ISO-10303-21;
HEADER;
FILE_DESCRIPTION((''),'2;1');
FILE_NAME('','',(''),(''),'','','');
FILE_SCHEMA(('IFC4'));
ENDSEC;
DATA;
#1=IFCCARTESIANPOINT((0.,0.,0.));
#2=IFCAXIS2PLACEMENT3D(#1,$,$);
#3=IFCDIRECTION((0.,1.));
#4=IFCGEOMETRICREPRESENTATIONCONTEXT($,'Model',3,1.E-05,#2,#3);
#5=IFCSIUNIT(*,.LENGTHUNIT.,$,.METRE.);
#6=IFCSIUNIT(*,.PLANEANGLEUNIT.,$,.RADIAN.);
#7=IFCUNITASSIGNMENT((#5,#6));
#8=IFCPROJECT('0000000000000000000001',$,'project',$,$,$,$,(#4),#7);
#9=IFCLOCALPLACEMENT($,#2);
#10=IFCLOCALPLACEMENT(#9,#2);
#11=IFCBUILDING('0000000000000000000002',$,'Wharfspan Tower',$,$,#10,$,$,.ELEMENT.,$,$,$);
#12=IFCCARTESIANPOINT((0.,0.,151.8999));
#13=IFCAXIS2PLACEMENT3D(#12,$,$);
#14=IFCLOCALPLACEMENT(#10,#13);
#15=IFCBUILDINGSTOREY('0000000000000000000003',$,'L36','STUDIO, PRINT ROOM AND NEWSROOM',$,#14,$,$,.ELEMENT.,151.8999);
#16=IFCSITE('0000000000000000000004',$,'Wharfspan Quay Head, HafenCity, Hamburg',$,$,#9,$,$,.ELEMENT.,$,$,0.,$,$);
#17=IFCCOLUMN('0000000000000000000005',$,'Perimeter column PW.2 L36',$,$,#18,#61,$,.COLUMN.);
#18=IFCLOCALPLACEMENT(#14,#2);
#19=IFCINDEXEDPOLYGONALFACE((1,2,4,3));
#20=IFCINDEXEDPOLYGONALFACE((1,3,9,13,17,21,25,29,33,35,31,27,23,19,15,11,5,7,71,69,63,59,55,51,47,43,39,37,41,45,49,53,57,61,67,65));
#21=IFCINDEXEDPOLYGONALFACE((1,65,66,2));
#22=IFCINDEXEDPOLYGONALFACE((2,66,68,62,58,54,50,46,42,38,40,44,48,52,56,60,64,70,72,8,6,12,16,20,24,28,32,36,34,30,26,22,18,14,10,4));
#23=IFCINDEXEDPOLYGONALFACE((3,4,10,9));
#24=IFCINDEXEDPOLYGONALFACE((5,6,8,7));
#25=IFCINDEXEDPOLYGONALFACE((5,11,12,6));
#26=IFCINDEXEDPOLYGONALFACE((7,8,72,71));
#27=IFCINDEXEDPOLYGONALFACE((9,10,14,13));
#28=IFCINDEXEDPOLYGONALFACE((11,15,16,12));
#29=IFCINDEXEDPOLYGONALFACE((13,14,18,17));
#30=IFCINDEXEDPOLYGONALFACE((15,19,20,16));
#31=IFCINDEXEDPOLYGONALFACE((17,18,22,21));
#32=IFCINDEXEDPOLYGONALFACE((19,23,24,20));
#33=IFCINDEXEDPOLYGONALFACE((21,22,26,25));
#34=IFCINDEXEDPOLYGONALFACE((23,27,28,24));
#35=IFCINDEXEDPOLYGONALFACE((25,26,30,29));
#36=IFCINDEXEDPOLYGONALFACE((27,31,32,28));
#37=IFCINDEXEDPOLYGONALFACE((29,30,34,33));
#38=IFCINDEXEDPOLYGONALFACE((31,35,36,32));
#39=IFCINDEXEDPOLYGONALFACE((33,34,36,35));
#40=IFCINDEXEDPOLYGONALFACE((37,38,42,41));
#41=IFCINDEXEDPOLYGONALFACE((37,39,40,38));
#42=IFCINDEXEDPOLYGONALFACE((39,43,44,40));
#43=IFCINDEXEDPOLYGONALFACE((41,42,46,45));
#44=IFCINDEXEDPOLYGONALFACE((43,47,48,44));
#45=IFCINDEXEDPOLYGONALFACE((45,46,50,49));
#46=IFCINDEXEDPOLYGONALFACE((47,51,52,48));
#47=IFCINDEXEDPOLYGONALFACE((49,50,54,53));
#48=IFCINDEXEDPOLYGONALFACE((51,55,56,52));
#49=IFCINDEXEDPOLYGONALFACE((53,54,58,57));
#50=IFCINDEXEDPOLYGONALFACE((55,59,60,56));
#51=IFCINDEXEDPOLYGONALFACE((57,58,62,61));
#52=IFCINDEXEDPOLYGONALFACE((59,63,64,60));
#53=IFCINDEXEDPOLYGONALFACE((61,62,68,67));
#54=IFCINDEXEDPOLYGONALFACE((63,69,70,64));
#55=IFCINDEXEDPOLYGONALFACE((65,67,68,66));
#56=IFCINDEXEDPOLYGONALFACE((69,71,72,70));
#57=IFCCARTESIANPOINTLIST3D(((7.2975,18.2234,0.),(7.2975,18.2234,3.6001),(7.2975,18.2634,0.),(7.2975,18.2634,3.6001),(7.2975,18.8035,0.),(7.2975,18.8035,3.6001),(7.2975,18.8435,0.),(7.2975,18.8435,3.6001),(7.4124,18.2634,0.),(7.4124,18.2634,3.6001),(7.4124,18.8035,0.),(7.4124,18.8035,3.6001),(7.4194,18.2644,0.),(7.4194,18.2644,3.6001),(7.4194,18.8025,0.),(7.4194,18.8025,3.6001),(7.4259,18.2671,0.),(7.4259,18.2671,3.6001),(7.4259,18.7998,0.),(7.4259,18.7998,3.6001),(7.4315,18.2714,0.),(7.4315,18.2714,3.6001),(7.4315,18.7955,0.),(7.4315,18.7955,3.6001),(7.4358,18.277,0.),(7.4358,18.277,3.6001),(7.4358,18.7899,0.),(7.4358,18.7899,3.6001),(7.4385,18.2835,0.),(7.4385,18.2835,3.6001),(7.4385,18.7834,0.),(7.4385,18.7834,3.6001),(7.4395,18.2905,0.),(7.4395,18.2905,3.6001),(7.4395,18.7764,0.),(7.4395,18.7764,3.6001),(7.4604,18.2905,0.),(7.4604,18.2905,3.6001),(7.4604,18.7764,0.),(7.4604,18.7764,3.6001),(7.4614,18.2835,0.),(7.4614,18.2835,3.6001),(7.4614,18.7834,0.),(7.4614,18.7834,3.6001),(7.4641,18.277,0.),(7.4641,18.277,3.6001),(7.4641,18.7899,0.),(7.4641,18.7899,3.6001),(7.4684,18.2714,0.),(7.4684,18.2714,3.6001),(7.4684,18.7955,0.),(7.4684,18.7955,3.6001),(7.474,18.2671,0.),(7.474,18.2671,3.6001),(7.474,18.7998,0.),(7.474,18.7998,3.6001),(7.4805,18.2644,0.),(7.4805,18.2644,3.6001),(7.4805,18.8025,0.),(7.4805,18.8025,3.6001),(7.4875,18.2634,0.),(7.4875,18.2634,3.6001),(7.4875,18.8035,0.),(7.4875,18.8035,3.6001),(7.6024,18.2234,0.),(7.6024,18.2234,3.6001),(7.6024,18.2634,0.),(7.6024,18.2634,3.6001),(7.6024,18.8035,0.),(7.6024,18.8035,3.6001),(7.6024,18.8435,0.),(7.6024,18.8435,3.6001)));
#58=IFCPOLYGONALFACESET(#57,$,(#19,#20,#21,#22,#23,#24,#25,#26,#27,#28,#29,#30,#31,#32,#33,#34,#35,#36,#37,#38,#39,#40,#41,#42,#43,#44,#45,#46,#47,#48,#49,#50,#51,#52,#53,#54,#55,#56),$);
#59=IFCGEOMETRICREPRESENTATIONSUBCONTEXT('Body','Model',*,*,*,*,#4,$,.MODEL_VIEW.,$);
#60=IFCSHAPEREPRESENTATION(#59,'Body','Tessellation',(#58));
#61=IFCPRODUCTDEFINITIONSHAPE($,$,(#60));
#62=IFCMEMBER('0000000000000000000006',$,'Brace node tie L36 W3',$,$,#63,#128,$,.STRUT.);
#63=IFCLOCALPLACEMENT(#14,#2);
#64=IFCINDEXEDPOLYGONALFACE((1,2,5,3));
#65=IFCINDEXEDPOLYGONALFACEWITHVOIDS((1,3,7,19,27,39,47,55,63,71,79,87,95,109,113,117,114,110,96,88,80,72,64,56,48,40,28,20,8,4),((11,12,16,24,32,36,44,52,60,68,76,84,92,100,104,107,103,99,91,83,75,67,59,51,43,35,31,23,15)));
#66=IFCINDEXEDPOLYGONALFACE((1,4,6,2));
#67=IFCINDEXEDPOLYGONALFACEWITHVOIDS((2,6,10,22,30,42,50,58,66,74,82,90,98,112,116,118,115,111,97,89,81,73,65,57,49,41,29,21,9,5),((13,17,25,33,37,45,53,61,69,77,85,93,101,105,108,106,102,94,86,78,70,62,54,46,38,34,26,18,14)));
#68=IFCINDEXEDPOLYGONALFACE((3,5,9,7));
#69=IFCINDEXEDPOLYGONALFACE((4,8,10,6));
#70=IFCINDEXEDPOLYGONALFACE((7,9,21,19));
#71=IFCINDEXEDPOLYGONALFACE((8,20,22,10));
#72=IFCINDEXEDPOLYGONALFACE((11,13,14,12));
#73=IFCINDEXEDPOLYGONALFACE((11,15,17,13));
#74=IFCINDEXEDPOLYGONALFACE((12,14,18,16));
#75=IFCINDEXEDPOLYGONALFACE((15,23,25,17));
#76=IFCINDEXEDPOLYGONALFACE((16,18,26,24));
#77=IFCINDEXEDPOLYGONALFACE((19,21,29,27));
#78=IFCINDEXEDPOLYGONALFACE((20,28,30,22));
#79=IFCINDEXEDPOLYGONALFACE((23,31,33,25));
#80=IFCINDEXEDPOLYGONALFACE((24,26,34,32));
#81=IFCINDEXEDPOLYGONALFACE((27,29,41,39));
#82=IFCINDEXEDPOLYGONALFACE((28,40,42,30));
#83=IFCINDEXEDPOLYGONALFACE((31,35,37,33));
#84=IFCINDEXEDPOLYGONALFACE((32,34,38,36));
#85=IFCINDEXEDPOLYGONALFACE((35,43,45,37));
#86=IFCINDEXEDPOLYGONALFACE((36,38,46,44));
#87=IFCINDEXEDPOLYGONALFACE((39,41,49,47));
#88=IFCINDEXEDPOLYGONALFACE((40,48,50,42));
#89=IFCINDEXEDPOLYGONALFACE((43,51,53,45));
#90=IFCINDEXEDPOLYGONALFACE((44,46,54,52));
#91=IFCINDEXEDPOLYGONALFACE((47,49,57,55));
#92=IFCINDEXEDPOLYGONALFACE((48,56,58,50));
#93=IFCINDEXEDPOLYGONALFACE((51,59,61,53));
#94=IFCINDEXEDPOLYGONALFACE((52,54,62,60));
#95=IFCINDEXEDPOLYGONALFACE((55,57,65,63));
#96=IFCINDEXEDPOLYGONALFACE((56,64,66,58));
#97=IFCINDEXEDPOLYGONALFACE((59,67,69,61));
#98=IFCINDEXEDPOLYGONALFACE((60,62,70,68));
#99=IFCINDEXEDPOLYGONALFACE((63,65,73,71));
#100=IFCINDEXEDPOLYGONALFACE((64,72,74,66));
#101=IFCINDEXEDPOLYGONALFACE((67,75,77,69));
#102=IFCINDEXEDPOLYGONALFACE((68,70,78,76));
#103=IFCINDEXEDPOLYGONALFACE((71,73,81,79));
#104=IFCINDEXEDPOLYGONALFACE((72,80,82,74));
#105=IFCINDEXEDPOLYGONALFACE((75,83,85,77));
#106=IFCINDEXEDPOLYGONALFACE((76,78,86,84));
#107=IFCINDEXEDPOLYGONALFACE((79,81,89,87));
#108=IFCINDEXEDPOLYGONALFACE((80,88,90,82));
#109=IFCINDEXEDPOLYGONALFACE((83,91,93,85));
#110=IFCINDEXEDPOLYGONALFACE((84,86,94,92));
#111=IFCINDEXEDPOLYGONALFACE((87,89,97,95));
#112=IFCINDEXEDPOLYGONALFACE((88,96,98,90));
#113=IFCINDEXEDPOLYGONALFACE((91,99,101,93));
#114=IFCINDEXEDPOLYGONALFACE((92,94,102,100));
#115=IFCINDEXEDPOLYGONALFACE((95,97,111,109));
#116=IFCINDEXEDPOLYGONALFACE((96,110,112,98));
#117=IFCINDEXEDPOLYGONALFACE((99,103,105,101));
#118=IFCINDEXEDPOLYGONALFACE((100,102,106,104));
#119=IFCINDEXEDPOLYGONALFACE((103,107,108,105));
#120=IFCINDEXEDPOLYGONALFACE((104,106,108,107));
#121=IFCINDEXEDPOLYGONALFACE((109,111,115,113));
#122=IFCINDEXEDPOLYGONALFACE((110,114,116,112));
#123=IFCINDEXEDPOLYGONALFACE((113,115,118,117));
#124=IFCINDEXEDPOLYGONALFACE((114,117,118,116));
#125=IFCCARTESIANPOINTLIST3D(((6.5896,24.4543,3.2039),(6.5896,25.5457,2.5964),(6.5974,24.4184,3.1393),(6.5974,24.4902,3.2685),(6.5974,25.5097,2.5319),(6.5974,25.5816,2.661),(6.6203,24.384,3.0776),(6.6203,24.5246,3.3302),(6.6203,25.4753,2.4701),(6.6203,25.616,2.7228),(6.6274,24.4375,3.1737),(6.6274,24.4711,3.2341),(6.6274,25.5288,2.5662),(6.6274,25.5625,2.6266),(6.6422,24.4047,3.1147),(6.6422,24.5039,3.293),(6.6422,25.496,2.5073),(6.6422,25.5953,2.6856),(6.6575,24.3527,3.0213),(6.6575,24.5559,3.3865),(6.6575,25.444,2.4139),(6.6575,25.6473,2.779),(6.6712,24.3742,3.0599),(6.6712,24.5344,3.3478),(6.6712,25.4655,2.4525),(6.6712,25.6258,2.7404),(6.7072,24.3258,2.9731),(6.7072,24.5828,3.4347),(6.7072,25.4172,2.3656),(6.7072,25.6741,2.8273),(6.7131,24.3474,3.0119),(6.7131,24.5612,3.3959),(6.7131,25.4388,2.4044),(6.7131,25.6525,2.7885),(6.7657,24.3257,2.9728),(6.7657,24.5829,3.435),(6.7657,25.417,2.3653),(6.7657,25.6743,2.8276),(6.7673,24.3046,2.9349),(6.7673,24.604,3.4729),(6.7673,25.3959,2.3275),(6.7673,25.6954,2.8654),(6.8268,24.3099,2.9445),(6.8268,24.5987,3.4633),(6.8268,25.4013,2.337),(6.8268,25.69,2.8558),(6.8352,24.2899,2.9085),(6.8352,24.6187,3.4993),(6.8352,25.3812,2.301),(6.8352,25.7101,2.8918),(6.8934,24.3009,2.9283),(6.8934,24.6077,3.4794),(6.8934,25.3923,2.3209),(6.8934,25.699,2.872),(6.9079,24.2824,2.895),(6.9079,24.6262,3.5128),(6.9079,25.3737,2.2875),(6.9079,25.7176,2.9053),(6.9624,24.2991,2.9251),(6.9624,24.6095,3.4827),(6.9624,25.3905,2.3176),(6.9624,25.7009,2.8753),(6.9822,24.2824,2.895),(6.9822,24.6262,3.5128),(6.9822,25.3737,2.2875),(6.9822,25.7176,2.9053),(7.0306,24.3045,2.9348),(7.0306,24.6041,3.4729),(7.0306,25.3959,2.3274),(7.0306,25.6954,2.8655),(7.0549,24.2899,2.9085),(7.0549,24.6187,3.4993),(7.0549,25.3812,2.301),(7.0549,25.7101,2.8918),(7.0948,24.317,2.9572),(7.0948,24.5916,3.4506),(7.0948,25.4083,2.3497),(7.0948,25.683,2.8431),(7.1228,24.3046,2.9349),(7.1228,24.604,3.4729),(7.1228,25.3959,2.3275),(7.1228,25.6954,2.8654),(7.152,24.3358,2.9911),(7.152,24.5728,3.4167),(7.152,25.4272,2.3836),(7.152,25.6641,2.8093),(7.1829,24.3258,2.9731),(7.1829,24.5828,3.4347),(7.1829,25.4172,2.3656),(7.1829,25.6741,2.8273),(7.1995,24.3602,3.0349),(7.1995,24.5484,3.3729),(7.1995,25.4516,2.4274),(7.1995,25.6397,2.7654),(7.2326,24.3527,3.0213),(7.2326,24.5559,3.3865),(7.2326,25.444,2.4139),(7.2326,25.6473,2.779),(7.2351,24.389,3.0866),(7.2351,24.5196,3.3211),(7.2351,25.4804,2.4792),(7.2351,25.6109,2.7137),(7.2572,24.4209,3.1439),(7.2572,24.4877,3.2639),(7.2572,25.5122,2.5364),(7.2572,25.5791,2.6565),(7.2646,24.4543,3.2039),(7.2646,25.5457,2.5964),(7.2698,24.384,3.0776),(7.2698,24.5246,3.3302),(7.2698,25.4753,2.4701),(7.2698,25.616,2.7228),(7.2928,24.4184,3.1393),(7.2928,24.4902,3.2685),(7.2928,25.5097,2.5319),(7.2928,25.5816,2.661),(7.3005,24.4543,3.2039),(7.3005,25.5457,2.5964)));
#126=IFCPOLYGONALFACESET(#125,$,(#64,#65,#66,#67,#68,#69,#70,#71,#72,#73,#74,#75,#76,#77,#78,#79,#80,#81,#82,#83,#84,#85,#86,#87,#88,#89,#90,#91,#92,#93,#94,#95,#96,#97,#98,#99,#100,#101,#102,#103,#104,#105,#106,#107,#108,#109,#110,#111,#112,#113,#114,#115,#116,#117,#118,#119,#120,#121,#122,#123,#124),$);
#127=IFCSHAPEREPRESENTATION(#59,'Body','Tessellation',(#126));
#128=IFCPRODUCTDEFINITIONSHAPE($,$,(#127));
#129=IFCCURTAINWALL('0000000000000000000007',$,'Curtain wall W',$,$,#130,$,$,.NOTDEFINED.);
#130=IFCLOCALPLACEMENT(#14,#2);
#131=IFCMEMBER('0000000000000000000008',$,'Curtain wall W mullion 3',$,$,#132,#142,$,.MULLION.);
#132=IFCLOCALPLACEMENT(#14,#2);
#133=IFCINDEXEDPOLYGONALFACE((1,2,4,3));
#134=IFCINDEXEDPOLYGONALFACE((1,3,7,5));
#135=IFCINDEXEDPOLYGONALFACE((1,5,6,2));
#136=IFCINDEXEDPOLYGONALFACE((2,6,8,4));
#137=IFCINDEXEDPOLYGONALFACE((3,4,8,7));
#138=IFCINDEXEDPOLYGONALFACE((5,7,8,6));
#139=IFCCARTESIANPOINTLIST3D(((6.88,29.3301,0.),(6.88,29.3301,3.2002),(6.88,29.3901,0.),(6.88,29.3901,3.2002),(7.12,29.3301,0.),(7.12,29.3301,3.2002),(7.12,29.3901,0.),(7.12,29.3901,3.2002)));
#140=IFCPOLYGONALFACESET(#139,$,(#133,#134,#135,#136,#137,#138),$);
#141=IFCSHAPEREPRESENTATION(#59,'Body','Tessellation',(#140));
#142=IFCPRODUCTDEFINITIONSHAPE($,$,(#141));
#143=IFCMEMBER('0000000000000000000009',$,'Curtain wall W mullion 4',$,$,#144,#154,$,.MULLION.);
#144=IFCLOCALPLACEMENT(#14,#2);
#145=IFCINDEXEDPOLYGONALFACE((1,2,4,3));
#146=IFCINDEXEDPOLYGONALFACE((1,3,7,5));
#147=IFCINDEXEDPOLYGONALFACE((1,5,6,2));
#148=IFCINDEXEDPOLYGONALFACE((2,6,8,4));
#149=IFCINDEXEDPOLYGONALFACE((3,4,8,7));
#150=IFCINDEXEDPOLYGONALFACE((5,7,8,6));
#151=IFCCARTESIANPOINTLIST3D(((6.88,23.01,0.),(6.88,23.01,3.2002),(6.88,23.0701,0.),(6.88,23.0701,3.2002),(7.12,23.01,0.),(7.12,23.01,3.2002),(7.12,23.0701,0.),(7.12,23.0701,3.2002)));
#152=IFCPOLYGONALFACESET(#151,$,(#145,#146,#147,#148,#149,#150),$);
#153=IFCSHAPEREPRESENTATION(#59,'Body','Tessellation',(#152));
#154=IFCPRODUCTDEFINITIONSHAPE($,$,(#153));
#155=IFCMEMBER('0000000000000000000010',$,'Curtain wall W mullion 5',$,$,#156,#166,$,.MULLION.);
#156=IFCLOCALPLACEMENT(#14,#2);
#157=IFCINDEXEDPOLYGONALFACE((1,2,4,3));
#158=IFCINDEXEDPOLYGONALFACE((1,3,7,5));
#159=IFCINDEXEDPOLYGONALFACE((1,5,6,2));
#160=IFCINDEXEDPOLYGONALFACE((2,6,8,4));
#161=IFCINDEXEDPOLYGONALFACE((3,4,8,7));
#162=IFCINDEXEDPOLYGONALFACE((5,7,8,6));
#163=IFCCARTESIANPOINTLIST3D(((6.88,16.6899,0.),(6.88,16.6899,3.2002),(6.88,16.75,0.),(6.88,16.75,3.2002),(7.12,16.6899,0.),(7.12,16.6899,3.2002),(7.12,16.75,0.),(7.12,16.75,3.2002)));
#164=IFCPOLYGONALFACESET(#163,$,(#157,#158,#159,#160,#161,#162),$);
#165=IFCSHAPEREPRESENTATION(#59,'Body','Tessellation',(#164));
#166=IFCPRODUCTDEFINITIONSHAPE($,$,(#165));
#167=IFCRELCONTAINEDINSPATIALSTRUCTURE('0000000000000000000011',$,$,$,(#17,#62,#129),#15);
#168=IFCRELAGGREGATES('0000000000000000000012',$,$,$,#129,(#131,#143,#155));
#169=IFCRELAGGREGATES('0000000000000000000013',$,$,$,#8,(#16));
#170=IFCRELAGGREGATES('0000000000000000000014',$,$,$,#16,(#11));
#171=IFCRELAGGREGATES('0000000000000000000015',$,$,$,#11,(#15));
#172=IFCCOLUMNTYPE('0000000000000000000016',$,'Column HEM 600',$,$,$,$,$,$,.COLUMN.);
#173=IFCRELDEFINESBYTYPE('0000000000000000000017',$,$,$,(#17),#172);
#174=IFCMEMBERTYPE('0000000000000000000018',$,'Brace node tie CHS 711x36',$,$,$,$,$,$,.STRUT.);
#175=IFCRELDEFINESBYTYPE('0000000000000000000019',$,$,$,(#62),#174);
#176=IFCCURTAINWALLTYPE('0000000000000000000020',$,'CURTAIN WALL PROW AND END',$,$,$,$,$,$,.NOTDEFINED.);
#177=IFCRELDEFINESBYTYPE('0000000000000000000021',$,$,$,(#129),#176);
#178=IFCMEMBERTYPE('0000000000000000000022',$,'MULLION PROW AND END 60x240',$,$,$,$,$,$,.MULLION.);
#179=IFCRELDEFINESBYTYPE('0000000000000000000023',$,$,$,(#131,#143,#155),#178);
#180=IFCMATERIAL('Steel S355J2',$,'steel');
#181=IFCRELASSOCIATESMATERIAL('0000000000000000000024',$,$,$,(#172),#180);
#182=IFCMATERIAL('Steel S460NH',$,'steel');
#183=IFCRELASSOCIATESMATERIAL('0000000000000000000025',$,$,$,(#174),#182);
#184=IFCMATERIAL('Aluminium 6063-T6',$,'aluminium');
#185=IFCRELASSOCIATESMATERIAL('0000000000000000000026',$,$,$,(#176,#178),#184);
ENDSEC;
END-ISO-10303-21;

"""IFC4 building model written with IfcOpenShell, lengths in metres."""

from ifc_helpers import new_model, si_unit, direction, frame, origin, origin_2d, place, context, subcontext, project, spatial, rectangle, hollow_circle, i_section, extrude, material, material_profile, profile_set, type_object, element, aggregate, save


model = new_model("IFC4")

# Units and contexts
model_context = context("Model", 3, precision=1e-05, world=origin(), true_north=direction((0.0, 1.0)))
body_context = subcontext(model_context, "Body", "Model", "MODEL_VIEW")
ifc_project = project(units=[si_unit("LENGTHUNIT", "METRE"), si_unit("PLANEANGLEUNIT", "RADIAN")], contexts=[model_context])

# Site, building, storey
site_placement = place(None, origin())
site = spatial("IfcSite", under=ifc_project, at=site_placement, Name="Wharfspan Quay Head, HafenCity, Hamburg", CompositionType="ELEMENT", RefElevation=0.0)
building_placement = place(site_placement, origin())
building = spatial("IfcBuilding", under=site, at=building_placement, Name="Wharfspan Tower", CompositionType="ELEMENT")
storey_placement = place(building_placement, frame((0.0, 0.0, 151.8999)))
storey = spatial("IfcBuildingStorey", under=building, at=storey_placement, Name="L36", Description="STUDIO, PRINT ROOM AND NEWSROOM", CompositionType="ELEMENT", Elevation=151.8999)

# Column
ifc_material_1 = material(Name="Steel S355J2", Category="steel")
ifc_material_profile_1 = material_profile(ifc_material_1, i_section(OverallWidth=0.3049, OverallDepth=0.6201, WebThickness=0.021, FlangeThickness=0.04, FilletRadius=0.0271, at=origin_2d()))
ifc_profile_set_1 = profile_set([ifc_material_profile_1], Name="Steel S355J2")
column_type = type_object("IfcColumnType", Name="Column HEM 600", PredefinedType="COLUMN", material=ifc_profile_set_1)
column_placement = place(storey_placement, frame((7.45, 18.5334, 0.0), z_axis=(0.0, 0.0, 1.0), x_axis=(-1.0, 0.0, 0.0)))
element("IfcColumn", 1, at=column_placement, inside=storey, type_object=column_type, Name="Perimeter column PW.2 L36", PredefinedType="COLUMN", context=body_context, shape_type="SweptSolid", body=[
    extrude(i_section(OverallWidth=0.3049, OverallDepth=0.6201, WebThickness=0.021, FlangeThickness=0.04, FilletRadius=0.0271, at=origin_2d()), origin(), (0.0, 0.0, 1.0), 3.6001),
])

# Member
ifc_material_2 = material(Name="Steel S460NH", Category="steel")
ifc_material_profile_2 = material_profile(ifc_material_2, hollow_circle(Radius=0.3555, WallThickness=0.0359, at=origin_2d()))
ifc_profile_set_2 = profile_set([ifc_material_profile_2], Name="Steel S460NH")
member_type_1 = type_object("IfcMemberType", Name="Brace node tie CHS 711x36", PredefinedType="STRUT", material=ifc_profile_set_2)
member_1_placement = place(storey_placement, frame((6.9451, 25.5457, 2.5964), z_axis=(0.0, -0.87377, 0.48634), x_axis=(1.0, 0.0, 0.0)))
element("IfcMember", 2, at=member_1_placement, inside=storey, type_object=member_type_1, Name="Brace node tie L36 W3", PredefinedType="STRUT", context=body_context, shape_type="SweptSolid", body=[
    extrude(hollow_circle(Radius=0.3555, WallThickness=0.0359, at=origin_2d()), origin(), (0.0, 0.0, 1.0), 1.249),
])

# Curtain wall, members
ifc_material_3 = material(Name="Aluminium 6063-T6", Category="aluminium")
curtain_wall_type = type_object("IfcCurtainWallType", Name="CURTAIN WALL PROW AND END", PredefinedType="NOTDEFINED", material=ifc_material_3)
curtain_wall_placement = place(storey_placement, origin())
curtain_wall = element("IfcCurtainWall", 3, at=curtain_wall_placement, inside=storey, type_object=curtain_wall_type, Name="Curtain wall W", PredefinedType="NOTDEFINED")
ifc_material_profile_3 = material_profile(ifc_material_3, rectangle(XDim=0.24, YDim=0.0601, at=origin_2d()))
ifc_profile_set_3 = profile_set([ifc_material_profile_3], Name="Aluminium 6063-T6")
member_type_2 = type_object("IfcMemberType", Name="MULLION PROW AND END 60x240", PredefinedType="MULLION", material=ifc_profile_set_3)
member_2_placement = place(storey_placement, frame((7.0, 29.3601, 0.0), z_axis=(0.0, 0.0, 1.0), x_axis=(1.0, 0.0, 0.0)))
member_2 = element("IfcMember", 4, at=member_2_placement, type_object=member_type_2, Name="Curtain wall W mullion 3", PredefinedType="MULLION", context=body_context, shape_type="SweptSolid", body=[
    extrude(rectangle(XDim=0.24, YDim=0.0601, at=origin_2d()), origin(), (0.0, 0.0, 1.0), 3.2002),
])
member_3_placement = place(storey_placement, frame((7.0, 23.04, 0.0), z_axis=(0.0, 0.0, 1.0), x_axis=(1.0, 0.0, 0.0)))
member_3 = element("IfcMember", 5, at=member_3_placement, type_object=member_type_2, Name="Curtain wall W mullion 4", PredefinedType="MULLION", context=body_context, shape_type="SweptSolid", body=[
    extrude(rectangle(XDim=0.24, YDim=0.0601, at=origin_2d()), origin(), (0.0, 0.0, 1.0), 3.2002),
])
member_4_placement = place(storey_placement, frame((7.0, 16.72, 0.0), z_axis=(0.0, 0.0, 1.0), x_axis=(1.0, 0.0, 0.0)))
member_4 = element("IfcMember", 6, at=member_4_placement, type_object=member_type_2, Name="Curtain wall W mullion 5", PredefinedType="MULLION", context=body_context, shape_type="SweptSolid", body=[
    extrude(rectangle(XDim=0.24, YDim=0.0601, at=origin_2d()), origin(), (0.0, 0.0, 1.0), 3.2002),
])

aggregate(curtain_wall, [member_2, member_3, member_4])

save(model, "model.ifc")
